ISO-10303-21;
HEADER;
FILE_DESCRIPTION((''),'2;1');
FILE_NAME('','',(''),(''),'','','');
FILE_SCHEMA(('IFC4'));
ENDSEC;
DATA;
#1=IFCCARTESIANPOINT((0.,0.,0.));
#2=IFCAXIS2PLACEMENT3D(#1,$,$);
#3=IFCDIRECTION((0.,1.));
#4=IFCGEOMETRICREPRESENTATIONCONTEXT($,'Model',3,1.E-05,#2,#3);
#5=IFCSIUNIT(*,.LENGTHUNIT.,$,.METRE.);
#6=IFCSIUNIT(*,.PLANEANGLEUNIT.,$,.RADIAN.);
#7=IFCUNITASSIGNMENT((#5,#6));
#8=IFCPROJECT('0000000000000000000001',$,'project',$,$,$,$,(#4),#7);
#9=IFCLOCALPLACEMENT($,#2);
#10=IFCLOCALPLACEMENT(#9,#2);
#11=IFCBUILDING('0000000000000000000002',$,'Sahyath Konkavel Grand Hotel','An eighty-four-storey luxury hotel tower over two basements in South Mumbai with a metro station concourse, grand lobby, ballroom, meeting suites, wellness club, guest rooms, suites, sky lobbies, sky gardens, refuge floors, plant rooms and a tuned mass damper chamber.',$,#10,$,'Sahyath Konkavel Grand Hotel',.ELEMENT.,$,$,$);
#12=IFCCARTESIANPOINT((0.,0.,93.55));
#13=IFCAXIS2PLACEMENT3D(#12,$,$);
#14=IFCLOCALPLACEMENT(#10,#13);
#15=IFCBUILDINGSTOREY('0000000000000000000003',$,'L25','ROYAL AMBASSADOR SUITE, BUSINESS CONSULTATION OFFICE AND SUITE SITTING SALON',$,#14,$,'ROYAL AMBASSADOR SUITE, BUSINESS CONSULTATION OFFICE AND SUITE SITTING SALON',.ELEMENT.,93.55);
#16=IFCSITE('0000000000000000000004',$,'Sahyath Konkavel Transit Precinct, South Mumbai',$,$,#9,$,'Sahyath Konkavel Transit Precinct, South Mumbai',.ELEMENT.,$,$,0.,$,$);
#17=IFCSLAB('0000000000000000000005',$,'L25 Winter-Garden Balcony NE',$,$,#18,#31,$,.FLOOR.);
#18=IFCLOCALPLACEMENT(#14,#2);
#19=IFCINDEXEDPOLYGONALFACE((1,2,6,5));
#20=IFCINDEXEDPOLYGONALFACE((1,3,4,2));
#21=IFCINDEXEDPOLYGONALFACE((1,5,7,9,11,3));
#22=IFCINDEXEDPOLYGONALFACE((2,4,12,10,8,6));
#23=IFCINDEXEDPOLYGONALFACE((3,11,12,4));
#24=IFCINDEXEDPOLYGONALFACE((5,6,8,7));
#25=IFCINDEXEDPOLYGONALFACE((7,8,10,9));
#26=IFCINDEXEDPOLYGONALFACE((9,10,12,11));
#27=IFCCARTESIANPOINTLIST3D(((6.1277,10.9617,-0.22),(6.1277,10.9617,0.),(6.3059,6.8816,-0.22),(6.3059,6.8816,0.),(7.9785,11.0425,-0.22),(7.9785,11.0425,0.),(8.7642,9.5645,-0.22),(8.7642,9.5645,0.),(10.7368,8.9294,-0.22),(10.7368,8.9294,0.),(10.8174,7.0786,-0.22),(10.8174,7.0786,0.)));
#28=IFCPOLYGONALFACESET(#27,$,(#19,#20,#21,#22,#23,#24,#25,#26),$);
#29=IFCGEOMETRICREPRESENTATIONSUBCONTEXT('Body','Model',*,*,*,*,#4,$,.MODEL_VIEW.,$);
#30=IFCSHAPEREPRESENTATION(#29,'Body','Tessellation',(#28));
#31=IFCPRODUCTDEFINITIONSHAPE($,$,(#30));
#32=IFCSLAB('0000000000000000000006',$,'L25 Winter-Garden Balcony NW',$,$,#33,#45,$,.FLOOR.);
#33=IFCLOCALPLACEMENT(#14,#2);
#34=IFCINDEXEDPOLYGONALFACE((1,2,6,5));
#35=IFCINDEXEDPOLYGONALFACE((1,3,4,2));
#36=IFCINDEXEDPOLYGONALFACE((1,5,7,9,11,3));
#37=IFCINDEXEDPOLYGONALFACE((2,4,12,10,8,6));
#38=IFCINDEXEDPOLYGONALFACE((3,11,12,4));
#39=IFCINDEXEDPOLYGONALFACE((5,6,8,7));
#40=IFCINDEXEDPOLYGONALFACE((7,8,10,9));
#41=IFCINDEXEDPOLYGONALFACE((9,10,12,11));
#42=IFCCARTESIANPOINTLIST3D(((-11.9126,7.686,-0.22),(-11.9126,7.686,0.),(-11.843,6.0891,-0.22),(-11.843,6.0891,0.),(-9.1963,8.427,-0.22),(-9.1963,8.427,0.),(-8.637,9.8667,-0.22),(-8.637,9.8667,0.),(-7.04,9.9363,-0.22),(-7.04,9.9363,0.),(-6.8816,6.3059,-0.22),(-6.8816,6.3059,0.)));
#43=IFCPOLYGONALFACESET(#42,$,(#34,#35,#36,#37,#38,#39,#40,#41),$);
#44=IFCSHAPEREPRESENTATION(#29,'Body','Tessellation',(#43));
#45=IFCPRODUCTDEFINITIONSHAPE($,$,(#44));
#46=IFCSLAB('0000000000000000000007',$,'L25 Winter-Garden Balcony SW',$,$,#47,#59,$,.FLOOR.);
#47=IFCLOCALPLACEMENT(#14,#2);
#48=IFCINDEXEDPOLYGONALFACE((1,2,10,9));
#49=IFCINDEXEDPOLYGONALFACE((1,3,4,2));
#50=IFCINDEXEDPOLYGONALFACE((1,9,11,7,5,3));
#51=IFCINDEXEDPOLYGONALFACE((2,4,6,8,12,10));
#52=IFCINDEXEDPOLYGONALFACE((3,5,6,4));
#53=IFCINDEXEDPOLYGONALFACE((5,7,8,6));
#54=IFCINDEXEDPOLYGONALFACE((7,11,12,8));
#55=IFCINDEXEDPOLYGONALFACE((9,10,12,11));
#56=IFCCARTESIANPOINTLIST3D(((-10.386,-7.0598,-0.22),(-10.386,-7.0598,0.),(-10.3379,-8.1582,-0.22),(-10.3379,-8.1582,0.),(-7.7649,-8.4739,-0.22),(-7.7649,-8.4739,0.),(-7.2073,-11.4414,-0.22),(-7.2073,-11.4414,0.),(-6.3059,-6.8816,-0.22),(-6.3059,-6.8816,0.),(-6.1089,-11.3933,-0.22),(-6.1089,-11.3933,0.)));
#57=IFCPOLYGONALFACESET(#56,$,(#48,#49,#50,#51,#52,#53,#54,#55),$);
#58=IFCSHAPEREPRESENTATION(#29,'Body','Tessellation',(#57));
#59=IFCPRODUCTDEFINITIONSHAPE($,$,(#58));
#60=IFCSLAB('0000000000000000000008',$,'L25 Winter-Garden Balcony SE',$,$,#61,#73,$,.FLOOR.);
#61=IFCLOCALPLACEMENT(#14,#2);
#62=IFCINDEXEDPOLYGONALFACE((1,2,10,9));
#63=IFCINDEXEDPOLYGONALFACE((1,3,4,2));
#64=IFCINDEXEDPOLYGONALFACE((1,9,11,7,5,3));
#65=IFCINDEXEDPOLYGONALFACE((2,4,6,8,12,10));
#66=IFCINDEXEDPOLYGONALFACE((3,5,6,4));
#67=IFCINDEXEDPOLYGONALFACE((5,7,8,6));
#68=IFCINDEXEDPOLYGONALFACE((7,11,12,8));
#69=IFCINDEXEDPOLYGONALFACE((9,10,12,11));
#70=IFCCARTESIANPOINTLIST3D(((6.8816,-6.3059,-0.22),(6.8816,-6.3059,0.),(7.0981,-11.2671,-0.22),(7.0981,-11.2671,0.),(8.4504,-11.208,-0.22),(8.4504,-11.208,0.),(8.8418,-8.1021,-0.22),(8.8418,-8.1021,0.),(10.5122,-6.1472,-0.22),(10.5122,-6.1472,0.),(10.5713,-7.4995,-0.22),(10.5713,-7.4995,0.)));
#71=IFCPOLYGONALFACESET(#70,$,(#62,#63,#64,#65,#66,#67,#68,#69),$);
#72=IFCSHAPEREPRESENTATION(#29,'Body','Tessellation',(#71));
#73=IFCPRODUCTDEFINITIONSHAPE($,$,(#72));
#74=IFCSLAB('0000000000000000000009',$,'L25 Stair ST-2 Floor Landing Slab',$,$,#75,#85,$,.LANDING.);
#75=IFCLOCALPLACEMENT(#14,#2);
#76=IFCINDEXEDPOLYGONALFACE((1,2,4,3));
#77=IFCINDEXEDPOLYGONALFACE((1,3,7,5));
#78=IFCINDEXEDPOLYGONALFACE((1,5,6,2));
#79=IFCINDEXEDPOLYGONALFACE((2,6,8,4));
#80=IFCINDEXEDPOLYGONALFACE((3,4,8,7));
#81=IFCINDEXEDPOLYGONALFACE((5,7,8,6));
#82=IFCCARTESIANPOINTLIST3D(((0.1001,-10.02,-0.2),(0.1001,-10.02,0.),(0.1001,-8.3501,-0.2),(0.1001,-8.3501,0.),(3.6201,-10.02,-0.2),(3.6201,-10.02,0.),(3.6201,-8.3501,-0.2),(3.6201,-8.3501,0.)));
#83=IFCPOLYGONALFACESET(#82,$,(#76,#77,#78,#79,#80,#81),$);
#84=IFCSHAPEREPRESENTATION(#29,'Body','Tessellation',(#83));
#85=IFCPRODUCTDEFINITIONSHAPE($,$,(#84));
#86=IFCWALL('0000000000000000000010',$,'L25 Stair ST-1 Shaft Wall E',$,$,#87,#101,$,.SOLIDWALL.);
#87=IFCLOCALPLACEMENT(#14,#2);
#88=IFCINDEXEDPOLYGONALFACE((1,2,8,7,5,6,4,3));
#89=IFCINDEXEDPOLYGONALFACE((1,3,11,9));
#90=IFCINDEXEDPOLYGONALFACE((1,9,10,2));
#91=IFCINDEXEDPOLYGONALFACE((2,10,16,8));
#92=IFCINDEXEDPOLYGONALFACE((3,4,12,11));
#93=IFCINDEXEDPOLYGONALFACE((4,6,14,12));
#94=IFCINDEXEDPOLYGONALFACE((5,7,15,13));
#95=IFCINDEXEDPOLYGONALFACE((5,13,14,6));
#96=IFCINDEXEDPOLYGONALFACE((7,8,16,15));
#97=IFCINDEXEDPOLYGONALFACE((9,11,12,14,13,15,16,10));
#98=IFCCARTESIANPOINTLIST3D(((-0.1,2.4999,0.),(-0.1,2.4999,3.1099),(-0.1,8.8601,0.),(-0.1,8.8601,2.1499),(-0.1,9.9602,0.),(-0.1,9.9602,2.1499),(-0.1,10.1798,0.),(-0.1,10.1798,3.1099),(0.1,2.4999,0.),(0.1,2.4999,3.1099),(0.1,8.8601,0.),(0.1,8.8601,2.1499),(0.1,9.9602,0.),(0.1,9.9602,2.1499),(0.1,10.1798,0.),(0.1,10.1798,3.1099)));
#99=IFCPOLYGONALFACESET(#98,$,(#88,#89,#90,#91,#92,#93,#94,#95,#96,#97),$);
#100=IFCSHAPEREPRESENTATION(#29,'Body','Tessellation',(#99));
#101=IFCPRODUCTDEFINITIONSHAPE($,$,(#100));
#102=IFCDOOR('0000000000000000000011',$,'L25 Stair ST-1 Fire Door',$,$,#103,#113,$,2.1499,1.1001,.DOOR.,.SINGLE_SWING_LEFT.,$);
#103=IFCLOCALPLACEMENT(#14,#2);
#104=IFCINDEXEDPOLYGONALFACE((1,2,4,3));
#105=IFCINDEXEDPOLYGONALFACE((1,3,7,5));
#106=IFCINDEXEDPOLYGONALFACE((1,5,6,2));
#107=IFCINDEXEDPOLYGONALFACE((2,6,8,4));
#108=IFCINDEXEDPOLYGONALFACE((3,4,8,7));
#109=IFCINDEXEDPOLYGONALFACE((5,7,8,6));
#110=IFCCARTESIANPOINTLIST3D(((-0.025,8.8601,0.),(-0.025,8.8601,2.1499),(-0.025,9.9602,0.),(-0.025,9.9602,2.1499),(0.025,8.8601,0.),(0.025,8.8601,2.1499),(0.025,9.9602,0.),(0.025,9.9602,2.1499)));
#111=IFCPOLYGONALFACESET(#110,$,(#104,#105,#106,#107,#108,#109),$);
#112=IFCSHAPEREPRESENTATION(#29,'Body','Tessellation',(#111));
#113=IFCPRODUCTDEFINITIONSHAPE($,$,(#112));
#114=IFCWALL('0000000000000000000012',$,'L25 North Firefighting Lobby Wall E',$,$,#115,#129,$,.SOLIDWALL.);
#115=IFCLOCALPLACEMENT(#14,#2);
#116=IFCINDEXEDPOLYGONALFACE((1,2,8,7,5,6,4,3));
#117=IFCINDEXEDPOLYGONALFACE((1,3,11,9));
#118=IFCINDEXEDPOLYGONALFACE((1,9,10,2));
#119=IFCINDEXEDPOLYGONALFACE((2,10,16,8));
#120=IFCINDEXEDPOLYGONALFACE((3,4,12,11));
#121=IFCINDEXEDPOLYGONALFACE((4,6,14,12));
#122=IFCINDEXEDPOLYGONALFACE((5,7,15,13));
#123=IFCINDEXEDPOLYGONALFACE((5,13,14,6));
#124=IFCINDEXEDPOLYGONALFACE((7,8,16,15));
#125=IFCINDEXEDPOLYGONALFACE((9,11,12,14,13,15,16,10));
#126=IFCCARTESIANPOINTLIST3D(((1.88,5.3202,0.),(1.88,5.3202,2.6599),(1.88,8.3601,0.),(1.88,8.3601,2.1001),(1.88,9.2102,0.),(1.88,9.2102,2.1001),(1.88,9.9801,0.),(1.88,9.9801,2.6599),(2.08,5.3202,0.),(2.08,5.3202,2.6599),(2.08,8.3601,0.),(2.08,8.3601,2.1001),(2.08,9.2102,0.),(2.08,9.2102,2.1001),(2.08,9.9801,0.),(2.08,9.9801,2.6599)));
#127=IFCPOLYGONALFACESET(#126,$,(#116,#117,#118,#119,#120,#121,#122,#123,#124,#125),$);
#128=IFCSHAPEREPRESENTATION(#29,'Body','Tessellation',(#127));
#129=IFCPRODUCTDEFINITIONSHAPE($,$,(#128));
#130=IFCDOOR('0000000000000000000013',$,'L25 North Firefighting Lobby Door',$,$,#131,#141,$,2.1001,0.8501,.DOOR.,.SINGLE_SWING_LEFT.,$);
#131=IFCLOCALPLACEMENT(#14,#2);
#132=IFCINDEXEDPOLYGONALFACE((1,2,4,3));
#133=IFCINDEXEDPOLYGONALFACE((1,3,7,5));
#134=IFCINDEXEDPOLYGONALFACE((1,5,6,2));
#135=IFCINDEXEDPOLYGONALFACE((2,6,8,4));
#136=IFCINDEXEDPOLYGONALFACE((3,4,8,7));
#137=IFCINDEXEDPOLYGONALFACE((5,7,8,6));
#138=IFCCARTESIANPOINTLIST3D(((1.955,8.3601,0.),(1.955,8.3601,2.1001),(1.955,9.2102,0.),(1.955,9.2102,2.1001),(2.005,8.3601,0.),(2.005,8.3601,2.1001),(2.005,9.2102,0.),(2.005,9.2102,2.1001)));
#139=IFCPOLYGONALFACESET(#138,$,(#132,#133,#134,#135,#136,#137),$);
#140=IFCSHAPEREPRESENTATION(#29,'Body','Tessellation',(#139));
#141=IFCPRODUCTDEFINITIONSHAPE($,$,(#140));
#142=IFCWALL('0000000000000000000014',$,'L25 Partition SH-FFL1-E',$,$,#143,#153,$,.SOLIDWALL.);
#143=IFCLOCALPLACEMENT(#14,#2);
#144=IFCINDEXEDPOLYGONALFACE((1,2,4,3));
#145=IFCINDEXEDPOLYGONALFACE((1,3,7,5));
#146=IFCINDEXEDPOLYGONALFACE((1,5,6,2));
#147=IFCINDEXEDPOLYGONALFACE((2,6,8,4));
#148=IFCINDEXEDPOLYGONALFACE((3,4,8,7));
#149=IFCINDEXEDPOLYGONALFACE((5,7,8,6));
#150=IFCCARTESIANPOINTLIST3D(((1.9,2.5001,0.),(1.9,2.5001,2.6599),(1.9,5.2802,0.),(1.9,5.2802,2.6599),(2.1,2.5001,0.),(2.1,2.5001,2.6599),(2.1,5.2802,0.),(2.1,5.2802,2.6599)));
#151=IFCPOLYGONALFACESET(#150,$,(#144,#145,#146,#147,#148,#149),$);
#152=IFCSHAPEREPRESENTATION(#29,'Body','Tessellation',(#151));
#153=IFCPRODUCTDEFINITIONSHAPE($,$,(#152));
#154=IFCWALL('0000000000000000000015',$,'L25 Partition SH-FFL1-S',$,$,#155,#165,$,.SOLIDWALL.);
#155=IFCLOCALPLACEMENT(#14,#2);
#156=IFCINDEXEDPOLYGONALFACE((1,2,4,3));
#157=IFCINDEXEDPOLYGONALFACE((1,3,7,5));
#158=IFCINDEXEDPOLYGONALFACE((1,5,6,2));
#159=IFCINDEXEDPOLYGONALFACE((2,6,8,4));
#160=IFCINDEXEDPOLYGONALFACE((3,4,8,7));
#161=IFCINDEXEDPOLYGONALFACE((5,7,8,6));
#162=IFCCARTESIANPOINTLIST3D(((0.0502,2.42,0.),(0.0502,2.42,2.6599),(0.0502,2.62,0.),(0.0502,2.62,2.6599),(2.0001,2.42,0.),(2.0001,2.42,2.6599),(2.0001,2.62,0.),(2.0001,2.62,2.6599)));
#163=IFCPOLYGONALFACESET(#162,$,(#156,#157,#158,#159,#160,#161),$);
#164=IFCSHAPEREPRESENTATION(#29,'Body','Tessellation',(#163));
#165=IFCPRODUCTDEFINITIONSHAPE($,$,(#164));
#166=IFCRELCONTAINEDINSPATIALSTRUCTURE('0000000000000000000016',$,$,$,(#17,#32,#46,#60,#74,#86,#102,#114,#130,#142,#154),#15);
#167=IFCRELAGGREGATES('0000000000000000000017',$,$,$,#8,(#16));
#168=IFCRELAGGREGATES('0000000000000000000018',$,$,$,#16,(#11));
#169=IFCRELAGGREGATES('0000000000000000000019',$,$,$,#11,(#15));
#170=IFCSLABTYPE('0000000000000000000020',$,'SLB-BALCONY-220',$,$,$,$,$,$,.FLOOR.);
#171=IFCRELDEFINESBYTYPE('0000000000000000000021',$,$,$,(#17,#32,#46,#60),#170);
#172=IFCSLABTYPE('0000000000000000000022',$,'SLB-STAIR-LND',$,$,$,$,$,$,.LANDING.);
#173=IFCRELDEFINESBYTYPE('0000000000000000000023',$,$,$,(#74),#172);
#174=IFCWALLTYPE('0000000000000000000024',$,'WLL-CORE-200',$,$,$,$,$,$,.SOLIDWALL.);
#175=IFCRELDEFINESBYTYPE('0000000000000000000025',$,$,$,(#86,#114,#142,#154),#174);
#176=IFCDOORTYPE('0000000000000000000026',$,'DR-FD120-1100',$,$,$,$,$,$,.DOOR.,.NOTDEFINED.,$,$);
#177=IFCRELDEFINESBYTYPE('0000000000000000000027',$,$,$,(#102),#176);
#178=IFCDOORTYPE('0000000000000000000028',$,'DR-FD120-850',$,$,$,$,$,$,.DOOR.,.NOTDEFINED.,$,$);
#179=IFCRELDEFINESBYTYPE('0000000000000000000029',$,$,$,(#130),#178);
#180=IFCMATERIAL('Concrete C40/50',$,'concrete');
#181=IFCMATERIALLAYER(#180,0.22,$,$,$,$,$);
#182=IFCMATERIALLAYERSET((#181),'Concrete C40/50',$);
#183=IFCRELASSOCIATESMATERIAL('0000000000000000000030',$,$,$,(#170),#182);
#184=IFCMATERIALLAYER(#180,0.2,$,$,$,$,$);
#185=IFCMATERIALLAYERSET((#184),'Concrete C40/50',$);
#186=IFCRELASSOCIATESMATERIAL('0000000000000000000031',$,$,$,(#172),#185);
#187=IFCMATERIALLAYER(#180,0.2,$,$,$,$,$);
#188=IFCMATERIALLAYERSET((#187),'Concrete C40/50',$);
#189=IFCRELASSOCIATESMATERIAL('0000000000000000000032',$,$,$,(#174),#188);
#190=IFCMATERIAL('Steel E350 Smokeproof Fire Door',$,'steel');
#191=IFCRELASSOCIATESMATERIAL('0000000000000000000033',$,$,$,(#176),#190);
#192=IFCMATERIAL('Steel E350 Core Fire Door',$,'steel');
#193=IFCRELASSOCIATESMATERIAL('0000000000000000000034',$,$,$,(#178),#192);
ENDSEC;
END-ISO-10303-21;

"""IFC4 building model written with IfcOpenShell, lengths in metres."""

from ifc_helpers import new_model, si_unit, direction, frame, frame_2d, origin, origin_2d, place, context, subcontext, project, spatial, polyline, rectangle, outline, extrude, source, transform, mapped, material, layer, layer_set, type_object, element, fill, save


model = new_model("IFC4")

# Units and contexts
model_context = context("Model", 3, precision=1e-05, world=origin(), true_north=direction((0.0, 1.0)))
body_context = subcontext(model_context, "Body", "Model", "MODEL_VIEW")
ifc_project = project(units=[si_unit("LENGTHUNIT", "METRE"), si_unit("PLANEANGLEUNIT", "RADIAN")], contexts=[model_context])

# Site, building, storey
site_placement = place(None, origin())
site = spatial("IfcSite", under=ifc_project, at=site_placement, Name="Sahyath Konkavel Transit Precinct, South Mumbai", LongName="Sahyath Konkavel Transit Precinct, South Mumbai", CompositionType="ELEMENT", RefElevation=0.0)
building_placement = place(site_placement, origin())
building = spatial("IfcBuilding", under=site, at=building_placement, Name="Sahyath Konkavel Grand Hotel", Description="An eighty-four-storey luxury hotel tower over two basements in South Mumbai with a metro station concourse, grand lobby, ballroom, meeting suites, wellness club, guest rooms, suites, sky lobbies, sky gardens, refuge floors, plant rooms and a tuned mass damper chamber.", LongName="Sahyath Konkavel Grand Hotel", CompositionType="ELEMENT")
storey_placement = place(building_placement, frame((0.0, 0.0, 93.55)))
storey = spatial("IfcBuildingStorey", under=building, at=storey_placement, Name="L25", Description="ROYAL AMBASSADOR SUITE, BUSINESS CONSULTATION OFFICE AND SUITE SITTING SALON", LongName="ROYAL AMBASSADOR SUITE, BUSINESS CONSULTATION OFFICE AND SUITE SITTING SALON", CompositionType="ELEMENT", Elevation=93.55)

# Slabs
ifc_material_1 = material(Name="Concrete C40/50", Category="concrete")
ifc_layer_1 = layer(ifc_material_1, 0.22)
ifc_layer_set_1 = layer_set([ifc_layer_1], Name="Concrete C40/50")
slab_type_1 = type_object("IfcSlabType", Name="SLB-BALCONY-220", PredefinedType="FLOOR", material=ifc_layer_set_1)
slab_1_placement = place(storey_placement, frame((0.0, 0.0, -0.22)))
element("IfcSlab", 1, at=slab_1_placement, inside=storey, type_object=slab_type_1, Name="L25 Winter-Garden Balcony NE", PredefinedType="FLOOR", context=body_context, shape_type="SweptSolid", body=[
    extrude(outline(polyline([(6.3059, 6.8816), (10.8174, 7.0786), (10.7368, 8.9294), (8.7642, 9.5645), (7.9785, 11.0425), (6.1277, 10.9617), (6.3059, 6.8816)])), origin(), (0.0, 0.0, 1.0), 0.22),
])
slab_2_placement = place(storey_placement, frame((0.0, 0.0, -0.22)))
element("IfcSlab", 2, at=slab_2_placement, inside=storey, type_object=slab_type_1, Name="L25 Winter-Garden Balcony NW", PredefinedType="FLOOR", context=body_context, shape_type="SweptSolid", body=[
    extrude(outline(polyline([(-6.8816, 6.3059), (-7.04, 9.9363), (-8.637, 9.8667), (-9.1963, 8.427), (-11.9126, 7.686), (-11.843, 6.0891), (-6.8816, 6.3059)])), origin(), (0.0, 0.0, 1.0), 0.22),
])
slab_3_placement = place(storey_placement, frame((0.0, 0.0, -0.22)))
element("IfcSlab", 3, at=slab_3_placement, inside=storey, type_object=slab_type_1, Name="L25 Winter-Garden Balcony SW", PredefinedType="FLOOR", context=body_context, shape_type="SweptSolid", body=[
    extrude(outline(polyline([(-6.3059, -6.8816), (-10.386, -7.0598), (-10.3379, -8.1582), (-7.7649, -8.4739), (-7.2073, -11.4414), (-6.1089, -11.3933), (-6.3059, -6.8816)])), origin(), (0.0, 0.0, 1.0), 0.22),
])
slab_4_placement = place(storey_placement, frame((0.0, 0.0, -0.22)))
element("IfcSlab", 4, at=slab_4_placement, inside=storey, type_object=slab_type_1, Name="L25 Winter-Garden Balcony SE", PredefinedType="FLOOR", context=body_context, shape_type="SweptSolid", body=[
    extrude(outline(polyline([(6.8816, -6.3059), (7.0981, -11.2671), (8.4504, -11.208), (8.8418, -8.1021), (10.5713, -7.4995), (10.5122, -6.1472), (6.8816, -6.3059)])), origin(), (0.0, 0.0, 1.0), 0.22),
])
ifc_layer_2 = layer(ifc_material_1, 0.2)
ifc_layer_set_2 = layer_set([ifc_layer_2], Name="Concrete C40/50")
slab_type_2 = type_object("IfcSlabType", Name="SLB-STAIR-LND", PredefinedType="LANDING", material=ifc_layer_set_2)
slab_5_placement = place(storey_placement, frame((0.0, 0.0, -0.2)))
element("IfcSlab", 5, at=slab_5_placement, inside=storey, type_object=slab_type_2, Name="L25 Stair ST-2 Floor Landing Slab", PredefinedType="LANDING", context=body_context, shape_type="SweptSolid", body=[
    extrude(outline(polyline([(0.1001, -10.02), (3.6201, -10.02), (3.6201, -8.3501), (0.1001, -8.3501), (0.1001, -10.02)])), origin(), (0.0, 0.0, 1.0), 0.2),
])

# Walls, openings, doors
ifc_layer_3 = layer(ifc_material_1, 0.2)
ifc_layer_set_3 = layer_set([ifc_layer_3], Name="Concrete C40/50")
wall_type_1 = type_object("IfcWallType", Name="WLL-CORE-200", PredefinedType="SOLIDWALL", material=ifc_layer_set_3)
wall_1_placement = place(storey_placement, frame((0.0, 2.5, 0.0), z_axis=(0.0, 0.0, 1.0), x_axis=(0.0, 1.0, 0.0)))
wall_1 = element("IfcWall", 6, at=wall_1_placement, inside=storey, type_object=wall_type_1, Name="L25 Stair ST-1 Shaft Wall E", PredefinedType="SOLIDWALL", context=body_context, shape_type="SweptSolid", body=[
    extrude(rectangle(XDim=7.6799, YDim=0.2, at=frame_2d((3.8398, 0.0))), origin(), (0.0, 0.0, 1.0), 3.1099),
])
opening_1_placement = place(wall_1_placement, frame((6.3601, 0.0, 0.0)))
opening_1 = element("IfcOpeningElement", 7, at=opening_1_placement, cuts=wall_1, PredefinedType="OPENING", context=body_context, shape_type="SweptSolid", body=[
    extrude(rectangle(XDim=1.1001, YDim=2.1499, at=frame_2d((0.55, 1.075))), frame((0.0, 0.1099, 0.0), z_axis=(0.0, -1.0, 0.0), x_axis=(1.0, 0.0, 0.0)), (0.0, 0.0, 1.0), 0.22),
])
ifc_material_2 = material(Name="Steel E350 Smokeproof Fire Door", Category="steel")
door_type_1 = type_object("IfcDoorType", Name="DR-FD120-1100", OperationType="NOTDEFINED", PredefinedType="DOOR", material=ifc_material_2)
shared_shape_1 = source(origin(), body_context, "Body", "SweptSolid", [
    extrude(rectangle(XDim=1.1001, YDim=0.05, at=origin_2d()), origin(), (0.0, 0.0, 1.0), 2.1499),
])
door_1_placement = place(opening_1_placement, frame((0.55, 0.0, 0.0)))
door_1 = element("IfcDoor", 8, at=door_1_placement, inside=storey, type_object=door_type_1, Name="L25 Stair ST-1 Fire Door", OperationType="SINGLE_SWING_LEFT", OverallHeight=2.1499, OverallWidth=1.1001, PredefinedType="DOOR", context=body_context, shape_type="MappedRepresentation", body=[
    mapped(shared_shape_1, transform((0.0, 0.0, 0.0), scale=1.0)),
])
fill(opening_1, door_1)
wall_2_placement = place(storey_placement, frame((1.98, 5.3201, 0.0), z_axis=(0.0, 0.0, 1.0), x_axis=(0.0, 1.0, 0.0)))
wall_2 = element("IfcWall", 9, at=wall_2_placement, inside=storey, type_object=wall_type_1, Name="L25 North Firefighting Lobby Wall E", PredefinedType="SOLIDWALL", context=body_context, shape_type="SweptSolid", body=[
    extrude(rectangle(XDim=4.6599, YDim=0.2, at=frame_2d((2.3301, 0.0))), origin(), (0.0, 0.0, 1.0), 2.6599),
])
opening_2_placement = place(wall_2_placement, frame((3.04, 0.0, 0.0)))
opening_2 = element("IfcOpeningElement", 10, at=opening_2_placement, cuts=wall_2, PredefinedType="OPENING", context=body_context, shape_type="SweptSolid", body=[
    extrude(rectangle(XDim=0.8501, YDim=2.1001, at=frame_2d((0.425, 1.05))), frame((0.0, 0.1099, 0.0), z_axis=(0.0, -1.0, 0.0), x_axis=(1.0, 0.0, 0.0)), (0.0, 0.0, 1.0), 0.22),
])
ifc_material_3 = material(Name="Steel E350 Core Fire Door", Category="steel")
door_type_2 = type_object("IfcDoorType", Name="DR-FD120-850", OperationType="NOTDEFINED", PredefinedType="DOOR", material=ifc_material_3)
shared_shape_2 = source(origin(), body_context, "Body", "SweptSolid", [
    extrude(rectangle(XDim=0.8501, YDim=0.05, at=origin_2d()), origin(), (0.0, 0.0, 1.0), 2.1001),
])
door_2_placement = place(opening_2_placement, frame((0.425, 0.0, 0.0)))
door_2 = element("IfcDoor", 11, at=door_2_placement, inside=storey, type_object=door_type_2, Name="L25 North Firefighting Lobby Door", OperationType="SINGLE_SWING_LEFT", OverallHeight=2.1001, OverallWidth=0.8501, PredefinedType="DOOR", context=body_context, shape_type="MappedRepresentation", body=[
    mapped(shared_shape_2, transform((0.0, 0.0, 0.0), scale=1.0)),
])
fill(opening_2, door_2)

# Walls
wall_3_placement = place(storey_placement, frame((2.0, 2.5, 0.0), z_axis=(0.0, 0.0, 1.0), x_axis=(0.0, 1.0, 0.0)))
element("IfcWall", 12, at=wall_3_placement, inside=storey, type_object=wall_type_1, Name="L25 Partition SH-FFL1-E", PredefinedType="SOLIDWALL", context=body_context, shape_type="SweptSolid", body=[
    extrude(rectangle(XDim=2.78, YDim=0.2, at=frame_2d((1.3901, 0.0))), origin(), (0.0, 0.0, 1.0), 2.6599),
])
wall_4_placement = place(storey_placement, frame((0.05, 2.52, 0.0), z_axis=(0.0, 0.0, 1.0), x_axis=(1.0, 0.0, 0.0)))
element("IfcWall", 13, at=wall_4_placement, inside=storey, type_object=wall_type_1, Name="L25 Partition SH-FFL1-S", PredefinedType="SOLIDWALL", context=body_context, shape_type="SweptSolid", body=[
    extrude(rectangle(XDim=1.95, YDim=0.2, at=frame_2d((0.9751, 0.0))), origin(), (0.0, 0.0, 1.0), 2.6599),
])

save(model, "model.ifc")
